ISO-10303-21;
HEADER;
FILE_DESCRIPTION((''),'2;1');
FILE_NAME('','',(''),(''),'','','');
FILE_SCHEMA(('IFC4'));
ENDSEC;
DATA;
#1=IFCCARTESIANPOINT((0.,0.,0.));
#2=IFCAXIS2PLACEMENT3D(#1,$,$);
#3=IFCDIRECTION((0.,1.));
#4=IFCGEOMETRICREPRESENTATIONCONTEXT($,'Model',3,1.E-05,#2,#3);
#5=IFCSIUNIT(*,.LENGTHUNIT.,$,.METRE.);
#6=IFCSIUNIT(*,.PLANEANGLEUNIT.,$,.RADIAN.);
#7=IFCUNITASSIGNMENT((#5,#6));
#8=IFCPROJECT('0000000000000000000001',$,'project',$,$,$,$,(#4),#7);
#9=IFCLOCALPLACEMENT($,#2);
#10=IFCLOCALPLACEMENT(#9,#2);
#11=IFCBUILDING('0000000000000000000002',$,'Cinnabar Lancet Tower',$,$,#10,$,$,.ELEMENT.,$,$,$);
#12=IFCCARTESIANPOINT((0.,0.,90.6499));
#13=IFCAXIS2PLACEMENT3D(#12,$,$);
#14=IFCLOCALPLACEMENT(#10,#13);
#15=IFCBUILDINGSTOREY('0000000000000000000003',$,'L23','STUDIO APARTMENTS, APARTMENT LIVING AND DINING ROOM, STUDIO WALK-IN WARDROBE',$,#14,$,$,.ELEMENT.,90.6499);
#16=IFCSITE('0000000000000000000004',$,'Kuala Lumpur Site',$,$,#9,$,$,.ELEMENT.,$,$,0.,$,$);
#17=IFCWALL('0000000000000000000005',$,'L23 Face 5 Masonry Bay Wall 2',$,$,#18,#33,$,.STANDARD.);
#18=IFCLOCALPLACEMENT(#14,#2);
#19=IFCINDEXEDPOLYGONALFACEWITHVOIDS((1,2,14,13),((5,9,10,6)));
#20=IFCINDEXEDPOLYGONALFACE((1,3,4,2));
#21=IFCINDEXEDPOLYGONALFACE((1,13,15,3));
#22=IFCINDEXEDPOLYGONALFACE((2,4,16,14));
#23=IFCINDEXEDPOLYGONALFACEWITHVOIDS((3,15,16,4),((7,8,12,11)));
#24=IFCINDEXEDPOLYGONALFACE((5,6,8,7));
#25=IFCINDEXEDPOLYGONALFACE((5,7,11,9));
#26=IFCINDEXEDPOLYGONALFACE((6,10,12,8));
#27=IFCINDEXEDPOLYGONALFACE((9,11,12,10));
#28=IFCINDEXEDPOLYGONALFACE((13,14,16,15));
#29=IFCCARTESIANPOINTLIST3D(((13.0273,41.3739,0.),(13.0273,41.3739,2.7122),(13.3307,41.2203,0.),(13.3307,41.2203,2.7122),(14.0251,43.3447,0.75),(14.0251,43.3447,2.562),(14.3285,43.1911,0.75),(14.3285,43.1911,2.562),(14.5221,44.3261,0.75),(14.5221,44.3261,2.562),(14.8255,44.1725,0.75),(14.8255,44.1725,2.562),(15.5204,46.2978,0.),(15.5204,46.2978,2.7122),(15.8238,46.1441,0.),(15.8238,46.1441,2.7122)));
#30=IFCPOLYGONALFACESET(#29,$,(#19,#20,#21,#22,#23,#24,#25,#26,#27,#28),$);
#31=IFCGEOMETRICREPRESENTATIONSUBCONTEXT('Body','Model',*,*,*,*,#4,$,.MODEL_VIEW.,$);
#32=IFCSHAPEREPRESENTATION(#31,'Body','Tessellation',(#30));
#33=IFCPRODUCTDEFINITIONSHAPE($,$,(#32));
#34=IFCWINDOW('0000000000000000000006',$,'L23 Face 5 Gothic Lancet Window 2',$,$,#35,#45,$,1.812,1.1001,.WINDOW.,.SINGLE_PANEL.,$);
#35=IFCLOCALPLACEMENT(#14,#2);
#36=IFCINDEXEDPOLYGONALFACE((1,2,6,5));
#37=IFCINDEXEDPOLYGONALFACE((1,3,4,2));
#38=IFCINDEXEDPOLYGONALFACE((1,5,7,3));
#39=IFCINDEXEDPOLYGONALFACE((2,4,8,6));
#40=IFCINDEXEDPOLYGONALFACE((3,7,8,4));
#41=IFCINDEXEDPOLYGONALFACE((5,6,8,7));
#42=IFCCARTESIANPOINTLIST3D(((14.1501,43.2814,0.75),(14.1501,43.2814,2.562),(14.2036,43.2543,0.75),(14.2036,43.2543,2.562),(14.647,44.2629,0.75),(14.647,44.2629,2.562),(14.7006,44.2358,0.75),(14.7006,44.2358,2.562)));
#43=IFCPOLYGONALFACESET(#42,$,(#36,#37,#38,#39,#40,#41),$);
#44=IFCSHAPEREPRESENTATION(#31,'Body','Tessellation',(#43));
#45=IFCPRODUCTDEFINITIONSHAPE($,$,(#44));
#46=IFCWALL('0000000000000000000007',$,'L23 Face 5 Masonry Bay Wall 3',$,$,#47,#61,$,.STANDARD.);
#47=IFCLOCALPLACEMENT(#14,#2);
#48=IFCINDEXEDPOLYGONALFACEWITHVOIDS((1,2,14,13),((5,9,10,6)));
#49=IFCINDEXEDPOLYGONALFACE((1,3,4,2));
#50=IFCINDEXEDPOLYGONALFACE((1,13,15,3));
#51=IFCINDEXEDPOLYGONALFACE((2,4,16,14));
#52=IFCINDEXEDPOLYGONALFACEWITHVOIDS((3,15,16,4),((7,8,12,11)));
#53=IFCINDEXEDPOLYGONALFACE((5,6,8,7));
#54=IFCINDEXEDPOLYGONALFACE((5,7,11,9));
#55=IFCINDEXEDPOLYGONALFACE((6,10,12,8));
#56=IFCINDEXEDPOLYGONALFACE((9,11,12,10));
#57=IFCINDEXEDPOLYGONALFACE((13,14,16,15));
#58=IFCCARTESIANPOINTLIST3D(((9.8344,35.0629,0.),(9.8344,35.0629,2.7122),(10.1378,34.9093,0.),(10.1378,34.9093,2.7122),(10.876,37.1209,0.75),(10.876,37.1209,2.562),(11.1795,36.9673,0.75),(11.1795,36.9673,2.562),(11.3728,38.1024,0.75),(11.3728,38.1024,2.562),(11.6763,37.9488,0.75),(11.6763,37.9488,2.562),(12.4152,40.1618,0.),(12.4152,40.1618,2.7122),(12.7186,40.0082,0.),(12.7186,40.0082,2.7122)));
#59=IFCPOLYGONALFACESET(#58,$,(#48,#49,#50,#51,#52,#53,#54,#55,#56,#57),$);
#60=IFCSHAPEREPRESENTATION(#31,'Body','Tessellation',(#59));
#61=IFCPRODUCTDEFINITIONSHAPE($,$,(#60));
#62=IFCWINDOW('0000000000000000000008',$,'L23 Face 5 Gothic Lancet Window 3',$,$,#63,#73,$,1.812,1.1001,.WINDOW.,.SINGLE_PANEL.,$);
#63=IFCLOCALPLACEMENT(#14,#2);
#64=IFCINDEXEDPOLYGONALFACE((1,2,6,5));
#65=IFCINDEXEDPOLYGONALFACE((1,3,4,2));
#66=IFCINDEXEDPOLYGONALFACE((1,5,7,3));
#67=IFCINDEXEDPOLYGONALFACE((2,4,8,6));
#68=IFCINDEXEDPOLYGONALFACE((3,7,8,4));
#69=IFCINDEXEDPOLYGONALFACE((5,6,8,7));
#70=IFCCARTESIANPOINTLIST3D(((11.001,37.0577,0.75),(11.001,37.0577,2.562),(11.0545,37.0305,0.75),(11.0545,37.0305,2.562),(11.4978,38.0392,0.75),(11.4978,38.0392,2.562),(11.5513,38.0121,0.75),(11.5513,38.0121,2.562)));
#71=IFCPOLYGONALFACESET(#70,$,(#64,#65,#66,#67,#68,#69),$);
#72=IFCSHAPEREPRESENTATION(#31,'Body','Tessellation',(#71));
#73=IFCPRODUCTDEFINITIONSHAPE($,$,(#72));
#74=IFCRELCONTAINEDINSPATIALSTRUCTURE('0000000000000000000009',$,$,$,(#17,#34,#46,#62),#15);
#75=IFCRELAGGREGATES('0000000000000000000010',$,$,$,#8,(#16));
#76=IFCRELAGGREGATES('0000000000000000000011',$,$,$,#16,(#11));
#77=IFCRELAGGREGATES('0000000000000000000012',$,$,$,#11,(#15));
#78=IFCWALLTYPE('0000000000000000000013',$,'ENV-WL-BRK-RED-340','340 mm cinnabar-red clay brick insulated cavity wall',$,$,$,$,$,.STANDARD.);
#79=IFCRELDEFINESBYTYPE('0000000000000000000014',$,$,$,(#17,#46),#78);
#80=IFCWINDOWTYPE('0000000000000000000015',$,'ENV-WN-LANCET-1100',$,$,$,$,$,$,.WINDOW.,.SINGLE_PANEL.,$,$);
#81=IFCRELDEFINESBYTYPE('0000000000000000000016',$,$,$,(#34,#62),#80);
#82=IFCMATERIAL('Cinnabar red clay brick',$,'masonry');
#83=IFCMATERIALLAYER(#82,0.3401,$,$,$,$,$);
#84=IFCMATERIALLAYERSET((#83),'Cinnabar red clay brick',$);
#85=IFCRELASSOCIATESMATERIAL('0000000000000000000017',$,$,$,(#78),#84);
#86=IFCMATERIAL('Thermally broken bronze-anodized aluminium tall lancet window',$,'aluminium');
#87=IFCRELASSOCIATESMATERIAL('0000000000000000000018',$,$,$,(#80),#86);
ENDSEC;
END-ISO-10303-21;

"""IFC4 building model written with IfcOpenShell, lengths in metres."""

from ifc_helpers import new_model, si_unit, direction, frame, frame_2d, origin, place, context, subcontext, project, spatial, rectangle, extrude, material, layer, layer_set, type_object, element, fill, save


model = new_model("IFC4")

# Units and contexts
model_context = context("Model", 3, precision=1e-05, world=origin(), true_north=direction((0.0, 1.0)))
body_context = subcontext(model_context, "Body", "Model", "MODEL_VIEW")
ifc_project = project(units=[si_unit("LENGTHUNIT", "METRE"), si_unit("PLANEANGLEUNIT", "RADIAN")], contexts=[model_context])

# Site, building, storey
site_placement = place(None, origin())
site = spatial("IfcSite", under=ifc_project, at=site_placement, Name="Kuala Lumpur Site", CompositionType="ELEMENT", RefElevation=0.0)
building_placement = place(site_placement, origin())
building = spatial("IfcBuilding", under=site, at=building_placement, Name="Cinnabar Lancet Tower", CompositionType="ELEMENT")
storey_placement = place(building_placement, frame((0.0, 0.0, 90.6499)))
storey = spatial("IfcBuildingStorey", under=building, at=storey_placement, Name="L23", Description="STUDIO APARTMENTS, APARTMENT LIVING AND DINING ROOM, STUDIO WALK-IN WARDROBE", CompositionType="ELEMENT", Elevation=90.6499)

# Shared definitions
ifc_material_1 = material(Name="Cinnabar red clay brick", Category="masonry")
ifc_layer_1 = layer(ifc_material_1, 0.3401)
ifc_layer_set_1 = layer_set([ifc_layer_1], Name="Cinnabar red clay brick")
wall_type_1 = type_object("IfcWallType", Name="ENV-WL-BRK-RED-340", Description="340 mm cinnabar-red clay brick insulated cavity wall", PredefinedType="STANDARD", material=ifc_layer_set_1)

# Shared definitions
ifc_material_2 = material(Name="Thermally broken bronze-anodized aluminium tall lancet window", Category="aluminium")
window_type = type_object("IfcWindowType", Name="ENV-WN-LANCET-1100", PartitioningType="SINGLE_PANEL", PredefinedType="WINDOW", material=ifc_material_2)

# Walls, openings, windows
wall_1_placement = place(storey_placement, frame((15.6721, 46.2209, 0.0), z_axis=(0.0, 0.0, 1.0), x_axis=(-0.451738, -0.892151, 0.0)))
wall_1 = element("IfcWall", 1, at=wall_1_placement, inside=storey, type_object=wall_type_1, Name="L23 Face 5 Masonry Bay Wall 2", PredefinedType="STANDARD", context=body_context, shape_type="SweptSolid", body=[
    extrude(rectangle(XDim=5.519, YDim=0.3401, at=frame_2d((2.7595, 0.0))), origin(), (0.0, 0.0, 1.0), 2.7122),
])
opening_1_placement = place(wall_1_placement, frame((2.21, 0.0, 0.75)))
opening_1 = element("IfcOpeningElement", 2, at=opening_1_placement, cuts=wall_1, PredefinedType="OPENING", context=body_context, shape_type="SweptSolid", body=[
    extrude(rectangle(XDim=1.1001, YDim=1.812, at=frame_2d((0.55, 0.906))), frame((0.0, 0.1799, 0.0), z_axis=(0.0, -1.0, 0.0), x_axis=(1.0, 0.0, 0.0)), (0.0, 0.0, 1.0), 0.3601),
])
window_1_placement = place(opening_1_placement, origin())
window_1 = element("IfcWindow", 3, at=window_1_placement, inside=storey, type_object=window_type, Name="L23 Face 5 Gothic Lancet Window 2", OverallHeight=1.812, OverallWidth=1.1001, PartitioningType="SINGLE_PANEL", PredefinedType="WINDOW", context=body_context, shape_type="SweptSolid", body=[
    extrude(rectangle(XDim=1.1001, YDim=1.812, at=frame_2d((0.55, 0.906))), frame((0.0, 0.03, 0.0), z_axis=(0.0, -1.0, 0.0), x_axis=(1.0, 0.0, 0.0)), (0.0, 0.0, 1.0), 0.0601),
])
fill(opening_1, window_1)
wall_2_placement = place(storey_placement, frame((12.5669, 40.085, 0.0), z_axis=(0.0, 0.0, 1.0), x_axis=(-0.4516, -0.892221, 0.0)))
wall_2 = element("IfcWall", 4, at=wall_2_placement, inside=storey, type_object=wall_type_1, Name="L23 Face 5 Masonry Bay Wall 3", PredefinedType="STANDARD", context=body_context, shape_type="SweptSolid", body=[
    extrude(rectangle(XDim=5.7148, YDim=0.3401, at=frame_2d((2.8574, 0.0))), origin(), (0.0, 0.0, 1.0), 2.7122),
])
opening_2_placement = place(wall_2_placement, frame((2.3081, 0.0, 0.75)))
opening_2 = element("IfcOpeningElement", 5, at=opening_2_placement, cuts=wall_2, PredefinedType="OPENING", context=body_context, shape_type="SweptSolid", body=[
    extrude(rectangle(XDim=1.1001, YDim=1.812, at=frame_2d((0.55, 0.906))), frame((0.0, 0.1799, 0.0), z_axis=(0.0, -1.0, 0.0), x_axis=(1.0, 0.0, 0.0)), (0.0, 0.0, 1.0), 0.3601),
])
window_2_placement = place(opening_2_placement, origin())
window_2 = element("IfcWindow", 6, at=window_2_placement, inside=storey, type_object=window_type, Name="L23 Face 5 Gothic Lancet Window 3", OverallHeight=1.812, OverallWidth=1.1001, PartitioningType="SINGLE_PANEL", PredefinedType="WINDOW", context=body_context, shape_type="SweptSolid", body=[
    extrude(rectangle(XDim=1.1001, YDim=1.812, at=frame_2d((0.55, 0.906))), frame((0.0, 0.03, 0.0), z_axis=(0.0, -1.0, 0.0), x_axis=(1.0, 0.0, 0.0)), (0.0, 0.0, 1.0), 0.0601),
])
fill(opening_2, window_2)

save(model, "model.ifc")
